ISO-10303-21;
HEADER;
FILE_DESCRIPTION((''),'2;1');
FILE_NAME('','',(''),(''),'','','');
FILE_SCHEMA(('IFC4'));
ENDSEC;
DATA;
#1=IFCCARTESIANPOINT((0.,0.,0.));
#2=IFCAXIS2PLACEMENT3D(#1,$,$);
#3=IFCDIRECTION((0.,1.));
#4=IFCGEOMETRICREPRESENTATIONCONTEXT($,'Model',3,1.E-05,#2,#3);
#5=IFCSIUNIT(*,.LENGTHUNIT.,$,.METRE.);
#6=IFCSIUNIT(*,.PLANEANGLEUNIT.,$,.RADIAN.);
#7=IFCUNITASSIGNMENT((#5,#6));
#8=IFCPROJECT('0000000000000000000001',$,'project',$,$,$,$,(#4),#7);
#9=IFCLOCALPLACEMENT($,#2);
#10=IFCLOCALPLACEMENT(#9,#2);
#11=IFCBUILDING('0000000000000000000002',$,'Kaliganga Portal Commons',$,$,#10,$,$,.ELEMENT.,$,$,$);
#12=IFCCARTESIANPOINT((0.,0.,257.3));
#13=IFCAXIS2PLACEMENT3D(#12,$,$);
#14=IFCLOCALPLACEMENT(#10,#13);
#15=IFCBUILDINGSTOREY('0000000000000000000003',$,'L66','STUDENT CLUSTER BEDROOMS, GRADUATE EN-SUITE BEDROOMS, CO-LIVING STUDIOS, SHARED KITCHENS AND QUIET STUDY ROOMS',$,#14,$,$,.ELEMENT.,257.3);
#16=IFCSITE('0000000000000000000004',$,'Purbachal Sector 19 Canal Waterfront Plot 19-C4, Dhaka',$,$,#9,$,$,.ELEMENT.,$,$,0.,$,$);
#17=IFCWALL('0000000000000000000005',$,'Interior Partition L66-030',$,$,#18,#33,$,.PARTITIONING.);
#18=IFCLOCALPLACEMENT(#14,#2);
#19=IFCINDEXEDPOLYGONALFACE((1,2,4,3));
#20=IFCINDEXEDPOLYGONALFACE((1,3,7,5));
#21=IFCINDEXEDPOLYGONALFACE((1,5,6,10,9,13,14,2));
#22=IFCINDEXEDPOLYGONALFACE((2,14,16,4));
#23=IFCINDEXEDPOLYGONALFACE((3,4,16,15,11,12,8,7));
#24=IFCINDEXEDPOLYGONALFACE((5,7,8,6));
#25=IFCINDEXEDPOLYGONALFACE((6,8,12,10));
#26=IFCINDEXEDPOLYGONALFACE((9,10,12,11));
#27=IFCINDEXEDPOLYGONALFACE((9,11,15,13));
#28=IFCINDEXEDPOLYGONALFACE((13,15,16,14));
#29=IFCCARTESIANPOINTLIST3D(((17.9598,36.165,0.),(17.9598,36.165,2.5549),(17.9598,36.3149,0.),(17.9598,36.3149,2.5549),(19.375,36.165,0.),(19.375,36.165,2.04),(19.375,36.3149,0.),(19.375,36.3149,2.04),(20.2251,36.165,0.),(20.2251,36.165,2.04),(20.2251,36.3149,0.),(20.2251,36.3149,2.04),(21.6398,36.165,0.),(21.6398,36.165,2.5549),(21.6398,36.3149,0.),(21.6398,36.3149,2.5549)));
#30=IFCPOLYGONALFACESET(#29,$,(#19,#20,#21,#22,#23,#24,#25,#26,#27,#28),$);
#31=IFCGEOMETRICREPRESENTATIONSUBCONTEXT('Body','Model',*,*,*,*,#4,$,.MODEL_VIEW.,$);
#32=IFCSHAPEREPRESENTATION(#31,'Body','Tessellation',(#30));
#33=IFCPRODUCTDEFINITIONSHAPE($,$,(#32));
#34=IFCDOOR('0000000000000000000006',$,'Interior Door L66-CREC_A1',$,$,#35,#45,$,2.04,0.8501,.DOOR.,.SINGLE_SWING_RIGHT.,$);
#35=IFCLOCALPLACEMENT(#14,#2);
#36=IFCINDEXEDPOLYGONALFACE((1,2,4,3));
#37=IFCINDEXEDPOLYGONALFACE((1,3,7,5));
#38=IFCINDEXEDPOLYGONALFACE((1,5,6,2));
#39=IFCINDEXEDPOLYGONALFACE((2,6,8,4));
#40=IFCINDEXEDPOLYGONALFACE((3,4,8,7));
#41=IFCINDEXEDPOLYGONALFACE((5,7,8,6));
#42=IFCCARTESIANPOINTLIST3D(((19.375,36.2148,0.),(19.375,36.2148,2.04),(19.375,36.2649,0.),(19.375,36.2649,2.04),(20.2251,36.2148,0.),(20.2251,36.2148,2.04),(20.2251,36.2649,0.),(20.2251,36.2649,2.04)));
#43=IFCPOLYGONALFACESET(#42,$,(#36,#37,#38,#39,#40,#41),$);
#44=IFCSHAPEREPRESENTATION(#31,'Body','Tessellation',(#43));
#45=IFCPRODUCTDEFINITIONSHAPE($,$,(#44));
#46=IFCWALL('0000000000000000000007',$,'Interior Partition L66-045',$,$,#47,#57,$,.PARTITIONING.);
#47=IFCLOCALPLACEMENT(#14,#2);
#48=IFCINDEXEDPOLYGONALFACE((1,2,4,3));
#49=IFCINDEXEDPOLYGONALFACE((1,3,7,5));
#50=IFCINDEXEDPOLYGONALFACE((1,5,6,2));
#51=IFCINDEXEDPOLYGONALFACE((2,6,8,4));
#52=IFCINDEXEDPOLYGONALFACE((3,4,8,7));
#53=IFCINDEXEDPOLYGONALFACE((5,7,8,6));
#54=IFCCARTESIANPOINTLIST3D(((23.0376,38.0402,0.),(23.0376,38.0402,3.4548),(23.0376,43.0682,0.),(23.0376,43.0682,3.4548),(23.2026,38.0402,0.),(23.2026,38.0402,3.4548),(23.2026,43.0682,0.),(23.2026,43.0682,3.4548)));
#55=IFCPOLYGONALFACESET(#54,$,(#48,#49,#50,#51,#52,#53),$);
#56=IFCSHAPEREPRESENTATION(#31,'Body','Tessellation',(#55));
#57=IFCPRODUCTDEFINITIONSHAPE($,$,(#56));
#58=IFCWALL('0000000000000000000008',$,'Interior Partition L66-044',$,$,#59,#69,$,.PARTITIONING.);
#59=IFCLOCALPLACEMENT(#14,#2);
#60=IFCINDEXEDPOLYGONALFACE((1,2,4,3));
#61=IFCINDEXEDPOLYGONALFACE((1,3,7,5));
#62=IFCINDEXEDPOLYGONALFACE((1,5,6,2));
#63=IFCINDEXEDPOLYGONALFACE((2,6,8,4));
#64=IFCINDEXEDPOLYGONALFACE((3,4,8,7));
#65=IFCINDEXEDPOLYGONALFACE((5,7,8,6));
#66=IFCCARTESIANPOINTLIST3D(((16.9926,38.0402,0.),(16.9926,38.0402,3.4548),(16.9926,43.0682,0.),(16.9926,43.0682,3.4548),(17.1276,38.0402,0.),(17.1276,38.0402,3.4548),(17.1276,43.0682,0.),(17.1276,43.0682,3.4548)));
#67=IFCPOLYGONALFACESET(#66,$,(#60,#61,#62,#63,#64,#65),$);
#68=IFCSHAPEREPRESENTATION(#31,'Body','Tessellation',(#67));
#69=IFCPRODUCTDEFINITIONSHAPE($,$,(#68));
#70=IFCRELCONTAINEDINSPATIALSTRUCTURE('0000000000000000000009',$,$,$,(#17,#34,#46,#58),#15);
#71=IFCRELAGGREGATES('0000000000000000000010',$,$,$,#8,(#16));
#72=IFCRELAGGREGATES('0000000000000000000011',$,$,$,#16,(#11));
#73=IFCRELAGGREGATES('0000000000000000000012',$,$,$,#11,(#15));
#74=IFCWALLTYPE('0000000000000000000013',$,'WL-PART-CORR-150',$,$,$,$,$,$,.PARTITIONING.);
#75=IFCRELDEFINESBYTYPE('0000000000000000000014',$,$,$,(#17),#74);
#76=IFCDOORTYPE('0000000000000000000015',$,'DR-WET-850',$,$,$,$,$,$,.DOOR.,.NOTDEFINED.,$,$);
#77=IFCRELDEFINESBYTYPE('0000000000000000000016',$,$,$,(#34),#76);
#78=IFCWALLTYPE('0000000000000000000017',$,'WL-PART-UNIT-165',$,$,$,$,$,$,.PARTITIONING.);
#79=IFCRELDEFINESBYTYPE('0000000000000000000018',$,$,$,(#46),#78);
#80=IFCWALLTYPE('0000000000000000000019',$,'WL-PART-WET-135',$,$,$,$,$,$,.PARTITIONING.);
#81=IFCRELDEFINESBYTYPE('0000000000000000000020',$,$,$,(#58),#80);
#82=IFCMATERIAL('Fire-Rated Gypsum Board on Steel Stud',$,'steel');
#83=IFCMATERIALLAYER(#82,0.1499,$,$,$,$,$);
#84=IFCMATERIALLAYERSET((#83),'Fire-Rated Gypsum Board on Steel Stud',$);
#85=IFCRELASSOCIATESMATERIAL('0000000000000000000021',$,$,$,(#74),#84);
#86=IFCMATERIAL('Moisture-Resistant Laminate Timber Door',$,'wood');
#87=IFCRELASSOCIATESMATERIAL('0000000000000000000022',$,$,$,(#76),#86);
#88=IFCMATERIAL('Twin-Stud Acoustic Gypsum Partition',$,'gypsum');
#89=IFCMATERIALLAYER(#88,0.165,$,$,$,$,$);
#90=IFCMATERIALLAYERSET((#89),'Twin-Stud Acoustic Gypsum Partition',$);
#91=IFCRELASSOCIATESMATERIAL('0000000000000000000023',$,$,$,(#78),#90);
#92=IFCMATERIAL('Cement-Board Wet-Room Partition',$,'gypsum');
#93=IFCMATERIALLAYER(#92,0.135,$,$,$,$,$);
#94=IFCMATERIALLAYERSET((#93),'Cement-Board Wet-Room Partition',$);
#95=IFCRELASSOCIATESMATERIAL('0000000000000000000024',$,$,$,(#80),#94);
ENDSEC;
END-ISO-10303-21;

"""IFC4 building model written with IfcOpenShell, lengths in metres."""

from ifc_helpers import new_model, si_unit, direction, frame, frame_2d, origin, place, context, subcontext, project, spatial, rectangle, extrude, material, layer, layer_set, type_object, element, fill, save


model = new_model("IFC4")

# Units and contexts
model_context = context("Model", 3, precision=1e-05, world=origin(), true_north=direction((0.0, 1.0)))
body_context = subcontext(model_context, "Body", "Model", "MODEL_VIEW")
ifc_project = project(units=[si_unit("LENGTHUNIT", "METRE"), si_unit("PLANEANGLEUNIT", "RADIAN")], contexts=[model_context])

# Site, building, storey
site_placement = place(None, origin())
site = spatial("IfcSite", under=ifc_project, at=site_placement, Name="Purbachal Sector 19 Canal Waterfront Plot 19-C4, Dhaka", CompositionType="ELEMENT", RefElevation=0.0)
building_placement = place(site_placement, origin())
building = spatial("IfcBuilding", under=site, at=building_placement, Name="Kaliganga Portal Commons", CompositionType="ELEMENT")
storey_placement = place(building_placement, frame((0.0, 0.0, 257.3)))
storey = spatial("IfcBuildingStorey", under=building, at=storey_placement, Name="L66", Description="STUDENT CLUSTER BEDROOMS, GRADUATE EN-SUITE BEDROOMS, CO-LIVING STUDIOS, SHARED KITCHENS AND QUIET STUDY ROOMS", CompositionType="ELEMENT", Elevation=257.3)

# Wall, opening, door
ifc_material_1 = material(Name="Fire-Rated Gypsum Board on Steel Stud", Category="steel")
ifc_layer_1 = layer(ifc_material_1, 0.1499)
ifc_layer_set_1 = layer_set([ifc_layer_1], Name="Fire-Rated Gypsum Board on Steel Stud")
wall_type_1 = type_object("IfcWallType", Name="WL-PART-CORR-150", PredefinedType="PARTITIONING", material=ifc_layer_set_1)
wall_1_placement = place(storey_placement, frame((17.96, 36.24, 0.0), z_axis=(0.0, 0.0, 1.0), x_axis=(1.0, 0.0, 0.0)))
wall_1 = element("IfcWall", 1, at=wall_1_placement, inside=storey, type_object=wall_type_1, Name="Interior Partition L66-030", PredefinedType="PARTITIONING", context=body_context, shape_type="SweptSolid", body=[
    extrude(rectangle(XDim=3.6799, YDim=0.1499, at=frame_2d((1.8398, 0.0))), origin(), (0.0, 0.0, 1.0), 2.5549),
])
opening_1_placement = place(wall_1_placement, frame((1.415, 0.0, 0.0)))
opening_1 = element("IfcOpeningElement", 2, at=opening_1_placement, cuts=wall_1, PredefinedType="OPENING", context=body_context, shape_type="SweptSolid", body=[
    extrude(rectangle(XDim=0.8501, YDim=2.04, at=frame_2d((0.425, 1.02))), frame((0.0, 0.085, 0.0), z_axis=(0.0, -1.0, 0.0), x_axis=(1.0, 0.0, 0.0)), (0.0, 0.0, 1.0), 0.1699),
])
ifc_material_2 = material(Name="Moisture-Resistant Laminate Timber Door", Category="wood")
door_type_1 = type_object("IfcDoorType", Name="DR-WET-850", OperationType="NOTDEFINED", PredefinedType="DOOR", material=ifc_material_2)
door_1_placement = place(opening_1_placement, origin())
door_1 = element("IfcDoor", 3, at=door_1_placement, inside=storey, type_object=door_type_1, Name="Interior Door L66-CREC_A1", OperationType="SINGLE_SWING_RIGHT", OverallHeight=2.04, OverallWidth=0.8501, PredefinedType="DOOR", context=body_context, shape_type="SweptSolid", body=[
    extrude(rectangle(XDim=0.8501, YDim=2.04, at=frame_2d((0.425, 1.02))), frame((0.0, 0.0249, 0.0), z_axis=(0.0, -1.0, 0.0), x_axis=(1.0, 0.0, 0.0)), (0.0, 0.0, 1.0), 0.05),
])
fill(opening_1, door_1)

# Walls
ifc_material_3 = material(Name="Twin-Stud Acoustic Gypsum Partition", Category="gypsum")
ifc_layer_2 = layer(ifc_material_3, 0.165)
ifc_layer_set_2 = layer_set([ifc_layer_2], Name="Twin-Stud Acoustic Gypsum Partition")
wall_type_2 = type_object("IfcWallType", Name="WL-PART-UNIT-165", PredefinedType="PARTITIONING", material=ifc_layer_set_2)
wall_2_placement = place(storey_placement, frame((23.1201, 38.04, 0.0), z_axis=(0.0, 0.0, 1.0), x_axis=(0.0, 1.0, 0.0)))
element("IfcWall", 4, at=wall_2_placement, inside=storey, type_object=wall_type_2, Name="Interior Partition L66-045", PredefinedType="PARTITIONING", context=body_context, shape_type="SweptSolid", body=[
    extrude(rectangle(XDim=5.0281, YDim=0.165, at=frame_2d((2.5142, 0.0))), origin(), (0.0, 0.0, 1.0), 3.4548),
])
ifc_material_4 = material(Name="Cement-Board Wet-Room Partition", Category="gypsum")
ifc_layer_3 = layer(ifc_material_4, 0.135)
ifc_layer_set_3 = layer_set([ifc_layer_3], Name="Cement-Board Wet-Room Partition")
wall_type_3 = type_object("IfcWallType", Name="WL-PART-WET-135", PredefinedType="PARTITIONING", material=ifc_layer_set_3)
wall_3_placement = place(storey_placement, frame((17.0601, 38.04, 0.0), z_axis=(0.0, 0.0, 1.0), x_axis=(0.0, 1.0, 0.0)))
element("IfcWall", 5, at=wall_3_placement, inside=storey, type_object=wall_type_3, Name="Interior Partition L66-044", PredefinedType="PARTITIONING", context=body_context, shape_type="SweptSolid", body=[
    extrude(rectangle(XDim=5.0281, YDim=0.135, at=frame_2d((2.5142, 0.0))), origin(), (0.0, 0.0, 1.0), 3.4548),
])

save(model, "model.ifc")
